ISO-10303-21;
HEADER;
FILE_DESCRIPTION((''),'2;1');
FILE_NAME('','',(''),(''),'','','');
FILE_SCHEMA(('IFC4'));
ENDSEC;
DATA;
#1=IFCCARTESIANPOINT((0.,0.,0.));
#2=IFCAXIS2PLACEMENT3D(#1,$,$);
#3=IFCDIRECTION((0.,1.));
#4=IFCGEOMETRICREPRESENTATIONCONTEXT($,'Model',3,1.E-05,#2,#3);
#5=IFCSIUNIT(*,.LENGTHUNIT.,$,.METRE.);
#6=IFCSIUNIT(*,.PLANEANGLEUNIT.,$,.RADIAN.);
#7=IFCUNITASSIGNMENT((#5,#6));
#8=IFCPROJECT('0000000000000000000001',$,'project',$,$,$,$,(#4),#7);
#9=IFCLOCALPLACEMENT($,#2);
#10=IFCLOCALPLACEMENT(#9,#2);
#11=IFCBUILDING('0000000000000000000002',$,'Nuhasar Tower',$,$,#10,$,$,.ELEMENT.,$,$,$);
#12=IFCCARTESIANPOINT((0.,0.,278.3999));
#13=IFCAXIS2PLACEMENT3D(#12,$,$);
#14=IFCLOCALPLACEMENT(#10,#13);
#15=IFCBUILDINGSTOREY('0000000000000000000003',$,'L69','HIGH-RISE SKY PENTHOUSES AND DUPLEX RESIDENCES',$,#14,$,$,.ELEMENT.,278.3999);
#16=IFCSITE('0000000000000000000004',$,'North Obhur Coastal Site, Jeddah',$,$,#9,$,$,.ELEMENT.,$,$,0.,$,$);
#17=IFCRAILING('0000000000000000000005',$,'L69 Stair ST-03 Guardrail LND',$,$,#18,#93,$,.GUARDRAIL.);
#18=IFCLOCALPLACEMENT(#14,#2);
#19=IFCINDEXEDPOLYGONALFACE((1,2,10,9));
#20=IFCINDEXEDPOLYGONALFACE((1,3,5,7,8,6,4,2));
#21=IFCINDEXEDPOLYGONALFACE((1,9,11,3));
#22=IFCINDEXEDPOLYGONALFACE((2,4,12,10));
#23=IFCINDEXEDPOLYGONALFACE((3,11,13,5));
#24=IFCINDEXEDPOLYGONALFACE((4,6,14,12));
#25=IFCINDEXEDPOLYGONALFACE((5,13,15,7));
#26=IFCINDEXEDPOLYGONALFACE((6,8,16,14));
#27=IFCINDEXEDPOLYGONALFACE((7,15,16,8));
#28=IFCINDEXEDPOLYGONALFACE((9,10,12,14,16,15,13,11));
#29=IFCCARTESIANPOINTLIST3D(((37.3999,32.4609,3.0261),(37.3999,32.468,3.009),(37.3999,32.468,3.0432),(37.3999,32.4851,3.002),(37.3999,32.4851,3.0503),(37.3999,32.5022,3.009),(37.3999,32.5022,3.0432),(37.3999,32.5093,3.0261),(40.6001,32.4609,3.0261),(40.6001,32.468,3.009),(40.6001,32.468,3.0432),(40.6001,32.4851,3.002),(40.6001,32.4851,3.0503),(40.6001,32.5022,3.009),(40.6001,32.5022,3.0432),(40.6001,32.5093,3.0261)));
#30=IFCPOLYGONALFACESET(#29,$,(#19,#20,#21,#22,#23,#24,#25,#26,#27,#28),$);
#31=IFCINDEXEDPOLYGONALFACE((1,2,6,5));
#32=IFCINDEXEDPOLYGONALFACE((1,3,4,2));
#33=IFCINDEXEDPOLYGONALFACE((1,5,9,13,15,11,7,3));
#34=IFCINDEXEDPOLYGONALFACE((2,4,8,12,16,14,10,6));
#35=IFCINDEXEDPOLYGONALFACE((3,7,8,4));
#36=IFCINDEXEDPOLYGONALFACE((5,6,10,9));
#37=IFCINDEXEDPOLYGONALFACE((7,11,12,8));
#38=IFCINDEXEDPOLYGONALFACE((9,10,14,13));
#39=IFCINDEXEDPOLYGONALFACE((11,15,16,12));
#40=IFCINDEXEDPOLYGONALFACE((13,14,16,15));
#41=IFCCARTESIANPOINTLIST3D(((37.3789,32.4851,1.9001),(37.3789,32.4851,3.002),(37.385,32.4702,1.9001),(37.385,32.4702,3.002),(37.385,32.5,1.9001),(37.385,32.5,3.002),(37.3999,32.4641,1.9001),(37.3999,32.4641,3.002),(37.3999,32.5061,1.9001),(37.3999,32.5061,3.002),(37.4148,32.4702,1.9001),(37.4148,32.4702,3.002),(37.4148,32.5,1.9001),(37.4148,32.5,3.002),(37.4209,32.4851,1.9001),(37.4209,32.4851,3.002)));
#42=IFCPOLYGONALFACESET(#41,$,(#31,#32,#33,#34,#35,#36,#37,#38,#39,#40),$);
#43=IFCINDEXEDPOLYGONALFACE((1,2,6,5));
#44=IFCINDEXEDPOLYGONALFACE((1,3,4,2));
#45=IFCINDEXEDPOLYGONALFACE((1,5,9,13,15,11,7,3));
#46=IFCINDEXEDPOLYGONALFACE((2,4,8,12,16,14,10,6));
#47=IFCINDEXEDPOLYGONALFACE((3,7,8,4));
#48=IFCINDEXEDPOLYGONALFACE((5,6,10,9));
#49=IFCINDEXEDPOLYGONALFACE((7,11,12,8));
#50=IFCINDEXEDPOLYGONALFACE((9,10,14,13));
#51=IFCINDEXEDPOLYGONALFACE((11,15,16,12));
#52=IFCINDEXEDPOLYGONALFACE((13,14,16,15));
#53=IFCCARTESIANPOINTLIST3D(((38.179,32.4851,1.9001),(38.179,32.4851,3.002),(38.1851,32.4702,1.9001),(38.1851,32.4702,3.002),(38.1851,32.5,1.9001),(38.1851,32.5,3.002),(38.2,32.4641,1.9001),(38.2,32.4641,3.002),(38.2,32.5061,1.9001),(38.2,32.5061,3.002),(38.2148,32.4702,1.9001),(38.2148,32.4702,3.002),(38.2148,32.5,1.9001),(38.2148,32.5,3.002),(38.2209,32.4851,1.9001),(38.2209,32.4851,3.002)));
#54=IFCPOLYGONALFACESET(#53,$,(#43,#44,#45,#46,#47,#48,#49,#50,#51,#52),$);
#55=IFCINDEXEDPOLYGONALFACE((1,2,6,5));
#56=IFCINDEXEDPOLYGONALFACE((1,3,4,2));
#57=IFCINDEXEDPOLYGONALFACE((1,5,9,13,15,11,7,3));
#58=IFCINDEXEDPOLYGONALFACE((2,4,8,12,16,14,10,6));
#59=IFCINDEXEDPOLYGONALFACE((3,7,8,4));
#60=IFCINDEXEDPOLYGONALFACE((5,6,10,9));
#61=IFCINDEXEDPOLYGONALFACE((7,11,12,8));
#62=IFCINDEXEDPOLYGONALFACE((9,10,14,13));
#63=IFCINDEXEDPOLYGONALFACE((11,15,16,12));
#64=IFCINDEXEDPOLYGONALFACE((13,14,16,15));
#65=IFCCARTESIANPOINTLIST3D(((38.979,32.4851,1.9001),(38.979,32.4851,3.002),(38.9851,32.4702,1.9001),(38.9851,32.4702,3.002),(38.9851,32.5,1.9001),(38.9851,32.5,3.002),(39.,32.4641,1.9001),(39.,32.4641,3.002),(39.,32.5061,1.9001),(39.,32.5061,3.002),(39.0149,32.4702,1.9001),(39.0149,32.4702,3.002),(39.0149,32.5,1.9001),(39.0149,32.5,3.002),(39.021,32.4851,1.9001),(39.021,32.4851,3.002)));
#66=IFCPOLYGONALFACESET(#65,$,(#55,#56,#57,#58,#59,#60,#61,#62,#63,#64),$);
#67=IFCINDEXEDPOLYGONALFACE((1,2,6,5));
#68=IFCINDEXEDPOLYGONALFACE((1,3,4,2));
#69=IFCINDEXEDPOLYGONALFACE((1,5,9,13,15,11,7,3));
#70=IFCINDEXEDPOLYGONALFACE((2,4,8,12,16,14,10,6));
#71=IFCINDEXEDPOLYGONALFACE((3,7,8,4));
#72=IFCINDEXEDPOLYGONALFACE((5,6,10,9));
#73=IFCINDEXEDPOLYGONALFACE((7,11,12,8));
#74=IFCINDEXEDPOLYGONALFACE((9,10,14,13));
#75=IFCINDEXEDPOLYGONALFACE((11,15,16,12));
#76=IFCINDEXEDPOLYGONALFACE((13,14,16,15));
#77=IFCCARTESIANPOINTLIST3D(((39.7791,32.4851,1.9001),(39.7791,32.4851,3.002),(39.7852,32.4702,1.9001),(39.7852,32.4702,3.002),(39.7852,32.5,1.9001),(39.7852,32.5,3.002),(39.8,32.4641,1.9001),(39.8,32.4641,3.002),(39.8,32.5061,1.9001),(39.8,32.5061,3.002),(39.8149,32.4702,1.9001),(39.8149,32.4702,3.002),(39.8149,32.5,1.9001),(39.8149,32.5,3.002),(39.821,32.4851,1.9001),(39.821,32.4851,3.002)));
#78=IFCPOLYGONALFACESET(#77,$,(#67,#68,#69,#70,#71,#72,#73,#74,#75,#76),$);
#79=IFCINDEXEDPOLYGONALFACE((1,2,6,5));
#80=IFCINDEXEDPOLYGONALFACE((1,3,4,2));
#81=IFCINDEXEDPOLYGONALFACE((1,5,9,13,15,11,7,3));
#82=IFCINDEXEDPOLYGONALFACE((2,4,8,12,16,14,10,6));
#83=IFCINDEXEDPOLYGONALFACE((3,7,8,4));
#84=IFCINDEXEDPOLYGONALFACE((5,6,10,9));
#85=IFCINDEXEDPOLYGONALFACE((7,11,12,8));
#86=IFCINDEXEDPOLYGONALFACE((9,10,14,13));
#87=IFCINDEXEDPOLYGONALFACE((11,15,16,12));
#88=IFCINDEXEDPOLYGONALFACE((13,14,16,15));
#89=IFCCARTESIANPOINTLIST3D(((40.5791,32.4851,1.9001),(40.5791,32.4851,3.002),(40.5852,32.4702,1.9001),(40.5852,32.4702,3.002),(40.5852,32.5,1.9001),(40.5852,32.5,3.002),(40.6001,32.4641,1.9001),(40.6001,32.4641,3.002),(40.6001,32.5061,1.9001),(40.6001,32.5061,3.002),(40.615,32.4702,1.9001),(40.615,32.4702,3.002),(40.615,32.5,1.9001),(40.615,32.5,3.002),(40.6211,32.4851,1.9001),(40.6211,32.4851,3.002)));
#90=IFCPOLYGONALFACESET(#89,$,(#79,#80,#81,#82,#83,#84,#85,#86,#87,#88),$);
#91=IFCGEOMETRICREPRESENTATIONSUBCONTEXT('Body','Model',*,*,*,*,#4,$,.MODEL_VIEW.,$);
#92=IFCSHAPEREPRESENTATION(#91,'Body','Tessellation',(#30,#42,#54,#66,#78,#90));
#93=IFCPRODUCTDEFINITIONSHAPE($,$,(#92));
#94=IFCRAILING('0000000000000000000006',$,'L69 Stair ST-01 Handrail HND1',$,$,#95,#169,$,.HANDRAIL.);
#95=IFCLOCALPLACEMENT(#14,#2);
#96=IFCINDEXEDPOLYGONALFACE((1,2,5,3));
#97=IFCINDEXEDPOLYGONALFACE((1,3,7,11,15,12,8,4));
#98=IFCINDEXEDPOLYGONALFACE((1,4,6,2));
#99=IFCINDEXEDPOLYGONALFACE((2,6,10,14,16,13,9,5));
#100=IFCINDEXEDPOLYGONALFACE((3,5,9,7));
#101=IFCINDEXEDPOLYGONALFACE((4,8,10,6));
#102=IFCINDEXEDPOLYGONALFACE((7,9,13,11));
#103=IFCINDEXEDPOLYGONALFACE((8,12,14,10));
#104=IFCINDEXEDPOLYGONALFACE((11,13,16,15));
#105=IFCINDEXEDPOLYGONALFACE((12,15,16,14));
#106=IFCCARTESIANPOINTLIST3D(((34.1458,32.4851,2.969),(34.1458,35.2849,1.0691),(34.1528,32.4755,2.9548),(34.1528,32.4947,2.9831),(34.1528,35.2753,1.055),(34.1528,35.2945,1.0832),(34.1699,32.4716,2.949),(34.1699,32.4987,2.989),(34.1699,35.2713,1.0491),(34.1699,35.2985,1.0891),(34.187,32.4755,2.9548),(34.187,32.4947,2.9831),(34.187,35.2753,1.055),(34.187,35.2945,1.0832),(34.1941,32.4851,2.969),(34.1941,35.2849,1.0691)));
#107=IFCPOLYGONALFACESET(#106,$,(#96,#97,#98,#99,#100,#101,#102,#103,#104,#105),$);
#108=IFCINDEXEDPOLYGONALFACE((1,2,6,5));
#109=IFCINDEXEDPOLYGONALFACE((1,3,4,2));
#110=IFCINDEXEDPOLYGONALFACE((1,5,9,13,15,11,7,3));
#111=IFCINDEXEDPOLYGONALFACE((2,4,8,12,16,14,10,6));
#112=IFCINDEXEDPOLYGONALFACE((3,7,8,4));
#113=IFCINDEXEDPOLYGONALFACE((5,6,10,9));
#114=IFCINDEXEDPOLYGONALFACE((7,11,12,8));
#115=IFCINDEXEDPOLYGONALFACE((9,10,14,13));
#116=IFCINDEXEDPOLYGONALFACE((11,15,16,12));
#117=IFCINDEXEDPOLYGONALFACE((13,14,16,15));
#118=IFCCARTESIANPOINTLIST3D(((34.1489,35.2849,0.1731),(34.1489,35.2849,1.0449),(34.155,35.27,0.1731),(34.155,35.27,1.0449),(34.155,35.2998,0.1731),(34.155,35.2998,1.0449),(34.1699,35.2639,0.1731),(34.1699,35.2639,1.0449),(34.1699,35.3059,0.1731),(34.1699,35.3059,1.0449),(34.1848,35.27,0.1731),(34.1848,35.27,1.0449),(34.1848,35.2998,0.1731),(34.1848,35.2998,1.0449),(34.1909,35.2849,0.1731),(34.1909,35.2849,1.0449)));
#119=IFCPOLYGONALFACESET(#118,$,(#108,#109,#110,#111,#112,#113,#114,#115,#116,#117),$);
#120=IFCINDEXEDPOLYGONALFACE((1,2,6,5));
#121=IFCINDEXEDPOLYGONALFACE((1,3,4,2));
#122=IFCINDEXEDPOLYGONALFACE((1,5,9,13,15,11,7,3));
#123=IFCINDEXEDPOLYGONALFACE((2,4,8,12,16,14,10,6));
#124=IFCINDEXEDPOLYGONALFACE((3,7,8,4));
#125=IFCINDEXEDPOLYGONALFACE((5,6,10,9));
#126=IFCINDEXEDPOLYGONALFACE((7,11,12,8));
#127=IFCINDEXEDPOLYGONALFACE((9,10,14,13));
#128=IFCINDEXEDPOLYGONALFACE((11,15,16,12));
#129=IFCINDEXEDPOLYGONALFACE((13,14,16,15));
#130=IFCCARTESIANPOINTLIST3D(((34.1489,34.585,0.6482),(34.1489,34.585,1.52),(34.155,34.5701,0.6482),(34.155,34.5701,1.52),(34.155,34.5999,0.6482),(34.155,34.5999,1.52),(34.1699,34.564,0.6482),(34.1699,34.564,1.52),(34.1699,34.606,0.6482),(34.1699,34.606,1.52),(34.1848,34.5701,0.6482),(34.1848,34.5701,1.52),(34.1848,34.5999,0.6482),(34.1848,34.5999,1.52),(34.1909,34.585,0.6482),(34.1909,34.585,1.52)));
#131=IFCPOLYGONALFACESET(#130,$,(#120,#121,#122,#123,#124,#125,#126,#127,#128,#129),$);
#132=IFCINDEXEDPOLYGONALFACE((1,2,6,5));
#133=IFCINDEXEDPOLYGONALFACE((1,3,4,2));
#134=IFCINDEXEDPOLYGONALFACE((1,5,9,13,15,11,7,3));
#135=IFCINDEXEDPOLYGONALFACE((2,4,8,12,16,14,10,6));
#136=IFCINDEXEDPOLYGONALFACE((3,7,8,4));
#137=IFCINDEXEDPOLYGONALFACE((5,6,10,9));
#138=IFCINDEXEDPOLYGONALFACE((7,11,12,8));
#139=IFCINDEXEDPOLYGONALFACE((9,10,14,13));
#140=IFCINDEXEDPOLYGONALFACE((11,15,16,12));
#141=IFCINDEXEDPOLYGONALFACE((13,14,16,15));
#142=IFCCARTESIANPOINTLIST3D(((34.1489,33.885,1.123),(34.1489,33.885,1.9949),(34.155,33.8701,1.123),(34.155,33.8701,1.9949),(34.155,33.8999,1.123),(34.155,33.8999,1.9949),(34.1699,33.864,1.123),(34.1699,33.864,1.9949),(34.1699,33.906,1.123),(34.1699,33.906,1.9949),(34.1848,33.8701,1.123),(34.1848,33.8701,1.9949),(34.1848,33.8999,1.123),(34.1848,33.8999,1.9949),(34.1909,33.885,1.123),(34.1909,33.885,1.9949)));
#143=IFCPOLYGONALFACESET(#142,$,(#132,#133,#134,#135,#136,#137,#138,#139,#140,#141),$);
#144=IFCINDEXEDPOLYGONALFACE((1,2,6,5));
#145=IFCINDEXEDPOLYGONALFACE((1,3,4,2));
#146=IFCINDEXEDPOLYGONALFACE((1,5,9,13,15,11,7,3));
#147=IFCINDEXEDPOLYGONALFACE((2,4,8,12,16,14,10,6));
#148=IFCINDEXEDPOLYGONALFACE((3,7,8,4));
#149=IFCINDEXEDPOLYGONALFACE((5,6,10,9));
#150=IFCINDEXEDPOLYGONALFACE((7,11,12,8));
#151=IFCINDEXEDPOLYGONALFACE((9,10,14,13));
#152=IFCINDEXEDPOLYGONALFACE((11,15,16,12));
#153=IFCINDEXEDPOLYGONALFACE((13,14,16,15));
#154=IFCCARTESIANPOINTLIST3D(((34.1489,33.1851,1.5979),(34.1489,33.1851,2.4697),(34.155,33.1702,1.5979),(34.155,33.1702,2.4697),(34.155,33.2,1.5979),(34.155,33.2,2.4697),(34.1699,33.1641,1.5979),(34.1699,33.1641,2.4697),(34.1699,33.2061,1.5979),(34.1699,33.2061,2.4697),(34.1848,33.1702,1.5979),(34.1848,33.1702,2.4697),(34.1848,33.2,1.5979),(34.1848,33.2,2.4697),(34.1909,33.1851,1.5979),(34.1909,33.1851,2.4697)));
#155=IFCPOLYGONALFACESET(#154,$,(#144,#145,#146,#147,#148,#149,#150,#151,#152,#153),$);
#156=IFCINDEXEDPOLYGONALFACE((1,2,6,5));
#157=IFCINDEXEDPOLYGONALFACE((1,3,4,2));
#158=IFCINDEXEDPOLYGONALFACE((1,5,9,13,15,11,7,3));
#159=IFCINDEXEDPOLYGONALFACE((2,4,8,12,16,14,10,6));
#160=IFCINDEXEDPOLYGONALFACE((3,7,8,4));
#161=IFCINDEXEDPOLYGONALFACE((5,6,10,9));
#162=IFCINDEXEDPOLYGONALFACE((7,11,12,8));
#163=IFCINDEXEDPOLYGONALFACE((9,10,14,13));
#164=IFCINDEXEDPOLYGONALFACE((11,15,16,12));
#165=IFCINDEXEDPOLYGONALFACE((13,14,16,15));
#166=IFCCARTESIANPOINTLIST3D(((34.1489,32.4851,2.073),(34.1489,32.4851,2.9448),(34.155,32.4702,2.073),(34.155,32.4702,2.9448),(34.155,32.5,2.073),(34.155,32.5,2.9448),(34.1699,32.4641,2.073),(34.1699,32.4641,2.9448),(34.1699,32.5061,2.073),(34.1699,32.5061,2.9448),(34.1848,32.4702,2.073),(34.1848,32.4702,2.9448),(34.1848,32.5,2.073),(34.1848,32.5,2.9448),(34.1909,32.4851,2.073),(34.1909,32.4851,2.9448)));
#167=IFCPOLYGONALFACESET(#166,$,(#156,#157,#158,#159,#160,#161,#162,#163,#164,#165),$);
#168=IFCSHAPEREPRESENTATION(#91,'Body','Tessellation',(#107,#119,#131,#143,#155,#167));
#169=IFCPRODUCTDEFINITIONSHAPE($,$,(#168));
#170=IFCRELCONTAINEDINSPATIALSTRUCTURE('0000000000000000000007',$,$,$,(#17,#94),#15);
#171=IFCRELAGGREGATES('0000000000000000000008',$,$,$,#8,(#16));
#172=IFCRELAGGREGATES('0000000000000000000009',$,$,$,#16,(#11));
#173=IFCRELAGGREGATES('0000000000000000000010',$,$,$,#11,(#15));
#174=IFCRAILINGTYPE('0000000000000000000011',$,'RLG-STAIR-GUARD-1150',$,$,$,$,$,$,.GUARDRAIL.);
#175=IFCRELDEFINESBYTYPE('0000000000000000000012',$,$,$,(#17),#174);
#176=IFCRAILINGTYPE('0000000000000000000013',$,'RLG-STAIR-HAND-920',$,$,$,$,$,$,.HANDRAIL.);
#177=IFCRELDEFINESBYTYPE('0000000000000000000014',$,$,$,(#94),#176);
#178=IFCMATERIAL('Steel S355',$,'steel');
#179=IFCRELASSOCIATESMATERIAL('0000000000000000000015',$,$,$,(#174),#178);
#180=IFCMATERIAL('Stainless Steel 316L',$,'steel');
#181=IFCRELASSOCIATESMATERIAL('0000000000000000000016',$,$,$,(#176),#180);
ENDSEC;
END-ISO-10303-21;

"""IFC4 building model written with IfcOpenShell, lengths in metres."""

from ifc_helpers import new_model, si_unit, direction, frame, origin, place, context, subcontext, project, spatial, polyline, outline, extrude, material, type_object, element, save


model = new_model("IFC4")

# Units and contexts
model_context = context("Model", 3, precision=1e-05, world=origin(), true_north=direction((0.0, 1.0)))
body_context = subcontext(model_context, "Body", "Model", "MODEL_VIEW")
ifc_project = project(units=[si_unit("LENGTHUNIT", "METRE"), si_unit("PLANEANGLEUNIT", "RADIAN")], contexts=[model_context])

# Site, building, storey
site_placement = place(None, origin())
site = spatial("IfcSite", under=ifc_project, at=site_placement, Name="North Obhur Coastal Site, Jeddah", CompositionType="ELEMENT", RefElevation=0.0)
building_placement = place(site_placement, origin())
building = spatial("IfcBuilding", under=site, at=building_placement, Name="Nuhasar Tower", CompositionType="ELEMENT")
storey_placement = place(building_placement, frame((0.0, 0.0, 278.3999)))
storey = spatial("IfcBuildingStorey", under=building, at=storey_placement, Name="L69", Description="HIGH-RISE SKY PENTHOUSES AND DUPLEX RESIDENCES", CompositionType="ELEMENT", Elevation=278.3999)

# Shared definitions
ifc_material_1 = material(Name="Steel S355", Category="steel")

# Railings
railing_type_1 = type_object("IfcRailingType", Name="RLG-STAIR-GUARD-1150", PredefinedType="GUARDRAIL", material=ifc_material_1)
railing_1_placement = place(storey_placement, frame((37.3999, 32.4851, 1.9001)))
element("IfcRailing", 1, at=railing_1_placement, inside=storey, type_object=railing_type_1, Name="L69 Stair ST-03 Guardrail LND", PredefinedType="GUARDRAIL", context=body_context, shape_type="SweptSolid", body=[
    extrude(outline(polyline([(0.0242, 0.0), (0.0171, 0.0171), (0.0, 0.0242), (-0.0171, 0.0171), (-0.0242, 0.0), (-0.0171, -0.0171), (0.0, -0.0242), (0.0171, -0.0171), (0.0242, 0.0)])), frame((0.0, 0.0, 1.126), z_axis=(1.0, 0.0, 0.0), x_axis=(0.0, 1.0, 0.0)), (0.0, 0.0, 1.0), 3.2002),
    extrude(outline(polyline([(0.021, 0.0), (0.0149, 0.0149), (0.0, 0.021), (-0.0149, 0.0149), (-0.021, 0.0), (-0.0149, -0.0149), (0.0, -0.021), (0.0149, -0.0149), (0.021, 0.0)])), origin(), (0.0, 0.0, 1.0), 1.1018),
    extrude(outline(polyline([(0.021, 0.0), (0.0149, 0.0149), (0.0, 0.021), (-0.0149, 0.0149), (-0.021, 0.0), (-0.0149, -0.0149), (0.0, -0.021), (0.0149, -0.0149), (0.021, 0.0)])), frame((0.8, 0.0, 0.0)), (0.0, 0.0, 1.0), 1.1018),
    extrude(outline(polyline([(0.021, 0.0), (0.0149, 0.0149), (0.0, 0.021), (-0.0149, 0.0149), (-0.021, 0.0), (-0.0149, -0.0149), (0.0, -0.021), (0.0149, -0.0149), (0.021, 0.0)])), frame((1.6001, 0.0, 0.0)), (0.0, 0.0, 1.0), 1.1018),
    extrude(outline(polyline([(0.021, 0.0), (0.0149, 0.0149), (0.0, 0.021), (-0.0149, 0.0149), (-0.021, 0.0), (-0.0149, -0.0149), (0.0, -0.021), (0.0149, -0.0149), (0.021, 0.0)])), frame((2.4001, 0.0, 0.0)), (0.0, 0.0, 1.0), 1.1018),
    extrude(outline(polyline([(0.021, 0.0), (0.0149, 0.0149), (0.0, 0.021), (-0.0149, 0.0149), (-0.021, 0.0), (-0.0149, -0.0149), (0.0, -0.021), (0.0149, -0.0149), (0.021, 0.0)])), frame((3.2002, 0.0, 0.0)), (0.0, 0.0, 1.0), 1.1018),
])
ifc_material_2 = material(Name="Stainless Steel 316L", Category="steel")
railing_type_2 = type_object("IfcRailingType", Name="RLG-STAIR-HAND-920", PredefinedType="HANDRAIL", material=ifc_material_2)
railing_2_placement = place(storey_placement, frame((34.1699, 35.2849, 0.1731)))
element("IfcRailing", 2, at=railing_2_placement, inside=storey, type_object=railing_type_2, Name="L69 Stair ST-01 Handrail HND1", PredefinedType="HANDRAIL", context=body_context, shape_type="SweptSolid", body=[
    extrude(outline(polyline([(0.0242, 0.0), (0.0171, 0.0171), (0.0, 0.0242), (-0.0171, 0.0171), (-0.0242, 0.0), (-0.0171, -0.0171), (0.0, -0.0242), (0.0171, -0.0171), (0.0242, 0.0)])), frame((0.0, 0.0, 0.896), z_axis=(0.0, -0.827471, 0.561508), x_axis=(1.0, 0.0, 0.0)), (0.0, 0.0, 1.0), 3.3835),
    extrude(outline(polyline([(0.021, 0.0), (0.0149, 0.0149), (0.0, 0.021), (-0.0149, 0.0149), (-0.021, 0.0), (-0.0149, -0.0149), (0.0, -0.021), (0.0149, -0.0149), (0.021, 0.0)])), origin(), (0.0, 0.0, 1.0), 0.8718),
    extrude(outline(polyline([(0.021, 0.0), (0.0149, 0.0149), (0.0, 0.021), (-0.0149, 0.0149), (-0.021, 0.0), (-0.0149, -0.0149), (0.0, -0.021), (0.0149, -0.0149), (0.021, 0.0)])), frame((0.0, -0.7, 0.4751)), (0.0, 0.0, 1.0), 0.8718),
    extrude(outline(polyline([(0.021, 0.0), (0.0149, 0.0149), (0.0, 0.021), (-0.0149, 0.0149), (-0.021, 0.0), (-0.0149, -0.0149), (0.0, -0.021), (0.0149, -0.0149), (0.021, 0.0)])), frame((0.0, -1.3999, 0.95)), (0.0, 0.0, 1.0), 0.8718),
    extrude(outline(polyline([(0.021, 0.0), (0.0149, 0.0149), (0.0, 0.021), (-0.0149, 0.0149), (-0.021, 0.0), (-0.0149, -0.0149), (0.0, -0.021), (0.0149, -0.0149), (0.021, 0.0)])), frame((0.0, -2.0999, 1.4248)), (0.0, 0.0, 1.0), 0.8718),
    extrude(outline(polyline([(0.021, 0.0), (0.0149, 0.0149), (0.0, 0.021), (-0.0149, 0.0149), (-0.021, 0.0), (-0.0149, -0.0149), (0.0, -0.021), (0.0149, -0.0149), (0.021, 0.0)])), frame((0.0, -2.7998, 1.8999)), (0.0, 0.0, 1.0), 0.8718),
])

save(model, "model.ifc")
